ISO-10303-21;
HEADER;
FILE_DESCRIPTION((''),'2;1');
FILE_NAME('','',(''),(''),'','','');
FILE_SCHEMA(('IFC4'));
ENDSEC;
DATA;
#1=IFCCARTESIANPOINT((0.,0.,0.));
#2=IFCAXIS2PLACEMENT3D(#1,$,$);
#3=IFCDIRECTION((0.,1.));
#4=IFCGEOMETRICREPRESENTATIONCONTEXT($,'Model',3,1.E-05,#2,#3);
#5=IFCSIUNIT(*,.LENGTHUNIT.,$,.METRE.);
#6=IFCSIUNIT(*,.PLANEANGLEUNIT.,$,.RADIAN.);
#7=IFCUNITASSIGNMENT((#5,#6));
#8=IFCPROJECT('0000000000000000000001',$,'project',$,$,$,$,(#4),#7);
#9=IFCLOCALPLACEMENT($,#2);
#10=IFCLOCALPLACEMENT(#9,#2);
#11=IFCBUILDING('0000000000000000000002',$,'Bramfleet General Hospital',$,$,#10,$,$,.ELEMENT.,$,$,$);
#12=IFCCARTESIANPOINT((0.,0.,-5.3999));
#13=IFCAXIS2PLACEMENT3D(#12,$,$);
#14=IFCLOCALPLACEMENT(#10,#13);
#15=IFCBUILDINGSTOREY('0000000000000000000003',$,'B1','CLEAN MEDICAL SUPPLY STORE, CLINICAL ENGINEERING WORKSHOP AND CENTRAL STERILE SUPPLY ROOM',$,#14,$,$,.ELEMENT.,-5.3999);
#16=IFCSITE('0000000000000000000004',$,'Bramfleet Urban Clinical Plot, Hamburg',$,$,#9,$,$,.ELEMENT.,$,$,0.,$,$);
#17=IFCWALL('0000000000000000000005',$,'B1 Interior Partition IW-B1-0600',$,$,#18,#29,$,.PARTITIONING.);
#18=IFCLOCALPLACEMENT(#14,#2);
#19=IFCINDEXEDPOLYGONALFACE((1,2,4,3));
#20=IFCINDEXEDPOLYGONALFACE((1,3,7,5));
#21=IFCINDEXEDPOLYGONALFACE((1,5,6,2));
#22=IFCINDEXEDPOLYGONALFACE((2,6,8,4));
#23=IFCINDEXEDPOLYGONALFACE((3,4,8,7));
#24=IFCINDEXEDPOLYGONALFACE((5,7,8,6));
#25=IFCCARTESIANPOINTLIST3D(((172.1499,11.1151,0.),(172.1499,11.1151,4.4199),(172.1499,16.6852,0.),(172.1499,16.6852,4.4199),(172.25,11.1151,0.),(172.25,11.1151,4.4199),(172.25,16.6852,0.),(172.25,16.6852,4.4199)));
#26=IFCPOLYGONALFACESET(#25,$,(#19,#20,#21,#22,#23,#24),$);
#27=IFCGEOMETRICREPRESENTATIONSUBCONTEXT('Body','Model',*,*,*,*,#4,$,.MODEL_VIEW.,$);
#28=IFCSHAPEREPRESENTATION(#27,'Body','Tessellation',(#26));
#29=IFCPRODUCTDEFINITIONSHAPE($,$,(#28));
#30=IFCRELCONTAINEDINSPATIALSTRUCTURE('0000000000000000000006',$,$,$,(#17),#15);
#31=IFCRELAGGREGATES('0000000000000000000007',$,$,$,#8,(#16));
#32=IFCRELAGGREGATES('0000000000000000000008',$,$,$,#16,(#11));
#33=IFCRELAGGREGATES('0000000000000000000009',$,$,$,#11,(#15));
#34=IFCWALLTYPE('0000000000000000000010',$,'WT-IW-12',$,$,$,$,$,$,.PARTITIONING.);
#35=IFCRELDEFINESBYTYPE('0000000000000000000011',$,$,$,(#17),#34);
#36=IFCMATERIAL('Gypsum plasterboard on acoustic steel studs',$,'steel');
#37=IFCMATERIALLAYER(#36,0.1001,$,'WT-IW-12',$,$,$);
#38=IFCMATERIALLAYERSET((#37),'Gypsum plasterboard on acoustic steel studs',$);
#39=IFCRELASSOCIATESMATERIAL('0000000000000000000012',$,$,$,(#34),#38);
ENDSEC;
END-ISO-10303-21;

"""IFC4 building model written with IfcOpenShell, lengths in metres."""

from ifc_helpers import new_model, si_unit, direction, frame, frame_2d, origin, place, context, subcontext, project, spatial, rectangle, extrude, material, layer, layer_set, type_object, element, save


model = new_model("IFC4")

# Units and contexts
model_context = context("Model", 3, precision=1e-05, world=origin(), true_north=direction((0.0, 1.0)))
body_context = subcontext(model_context, "Body", "Model", "MODEL_VIEW")
ifc_project = project(units=[si_unit("LENGTHUNIT", "METRE"), si_unit("PLANEANGLEUNIT", "RADIAN")], contexts=[model_context])

# Site, building, storey
site_placement = place(None, origin())
site = spatial("IfcSite", under=ifc_project, at=site_placement, Name="Bramfleet Urban Clinical Plot, Hamburg", CompositionType="ELEMENT", RefElevation=0.0)
building_placement = place(site_placement, origin())
building = spatial("IfcBuilding", under=site, at=building_placement, Name="Bramfleet General Hospital", CompositionType="ELEMENT")
storey_placement = place(building_placement, frame((0.0, 0.0, -5.3999)))
storey = spatial("IfcBuildingStorey", under=building, at=storey_placement, Name="B1", Description="CLEAN MEDICAL SUPPLY STORE, CLINICAL ENGINEERING WORKSHOP AND CENTRAL STERILE SUPPLY ROOM", CompositionType="ELEMENT", Elevation=-5.3999)

# Shared definitions
ifc_material_1 = material(Name="Gypsum plasterboard on acoustic steel studs", Category="steel")

# Shared definitions
ifc_layer_1 = layer(ifc_material_1, 0.1001, Name="WT-IW-12")
ifc_layer_set_1 = layer_set([ifc_layer_1], Name="Gypsum plasterboard on acoustic steel studs")
wall_type_1 = type_object("IfcWallType", Name="WT-IW-12", PredefinedType="PARTITIONING", material=ifc_layer_set_1)

# Wall
wall_1_placement = place(storey_placement, frame((172.2, 11.115, 0.0), z_axis=(0.0, 0.0, 1.0), x_axis=(0.0, 1.0, 0.0)))
element("IfcWall", 1, at=wall_1_placement, inside=storey, type_object=wall_type_1, Name="B1 Interior Partition IW-B1-0600", PredefinedType="PARTITIONING", context=body_context, shape_type="SweptSolid", body=[
    extrude(rectangle(XDim=5.5701, YDim=0.1001, at=frame_2d((2.7852, 0.0))), origin(), (0.0, 0.0, 1.0), 4.4199),
])

save(model, "model.ifc")
